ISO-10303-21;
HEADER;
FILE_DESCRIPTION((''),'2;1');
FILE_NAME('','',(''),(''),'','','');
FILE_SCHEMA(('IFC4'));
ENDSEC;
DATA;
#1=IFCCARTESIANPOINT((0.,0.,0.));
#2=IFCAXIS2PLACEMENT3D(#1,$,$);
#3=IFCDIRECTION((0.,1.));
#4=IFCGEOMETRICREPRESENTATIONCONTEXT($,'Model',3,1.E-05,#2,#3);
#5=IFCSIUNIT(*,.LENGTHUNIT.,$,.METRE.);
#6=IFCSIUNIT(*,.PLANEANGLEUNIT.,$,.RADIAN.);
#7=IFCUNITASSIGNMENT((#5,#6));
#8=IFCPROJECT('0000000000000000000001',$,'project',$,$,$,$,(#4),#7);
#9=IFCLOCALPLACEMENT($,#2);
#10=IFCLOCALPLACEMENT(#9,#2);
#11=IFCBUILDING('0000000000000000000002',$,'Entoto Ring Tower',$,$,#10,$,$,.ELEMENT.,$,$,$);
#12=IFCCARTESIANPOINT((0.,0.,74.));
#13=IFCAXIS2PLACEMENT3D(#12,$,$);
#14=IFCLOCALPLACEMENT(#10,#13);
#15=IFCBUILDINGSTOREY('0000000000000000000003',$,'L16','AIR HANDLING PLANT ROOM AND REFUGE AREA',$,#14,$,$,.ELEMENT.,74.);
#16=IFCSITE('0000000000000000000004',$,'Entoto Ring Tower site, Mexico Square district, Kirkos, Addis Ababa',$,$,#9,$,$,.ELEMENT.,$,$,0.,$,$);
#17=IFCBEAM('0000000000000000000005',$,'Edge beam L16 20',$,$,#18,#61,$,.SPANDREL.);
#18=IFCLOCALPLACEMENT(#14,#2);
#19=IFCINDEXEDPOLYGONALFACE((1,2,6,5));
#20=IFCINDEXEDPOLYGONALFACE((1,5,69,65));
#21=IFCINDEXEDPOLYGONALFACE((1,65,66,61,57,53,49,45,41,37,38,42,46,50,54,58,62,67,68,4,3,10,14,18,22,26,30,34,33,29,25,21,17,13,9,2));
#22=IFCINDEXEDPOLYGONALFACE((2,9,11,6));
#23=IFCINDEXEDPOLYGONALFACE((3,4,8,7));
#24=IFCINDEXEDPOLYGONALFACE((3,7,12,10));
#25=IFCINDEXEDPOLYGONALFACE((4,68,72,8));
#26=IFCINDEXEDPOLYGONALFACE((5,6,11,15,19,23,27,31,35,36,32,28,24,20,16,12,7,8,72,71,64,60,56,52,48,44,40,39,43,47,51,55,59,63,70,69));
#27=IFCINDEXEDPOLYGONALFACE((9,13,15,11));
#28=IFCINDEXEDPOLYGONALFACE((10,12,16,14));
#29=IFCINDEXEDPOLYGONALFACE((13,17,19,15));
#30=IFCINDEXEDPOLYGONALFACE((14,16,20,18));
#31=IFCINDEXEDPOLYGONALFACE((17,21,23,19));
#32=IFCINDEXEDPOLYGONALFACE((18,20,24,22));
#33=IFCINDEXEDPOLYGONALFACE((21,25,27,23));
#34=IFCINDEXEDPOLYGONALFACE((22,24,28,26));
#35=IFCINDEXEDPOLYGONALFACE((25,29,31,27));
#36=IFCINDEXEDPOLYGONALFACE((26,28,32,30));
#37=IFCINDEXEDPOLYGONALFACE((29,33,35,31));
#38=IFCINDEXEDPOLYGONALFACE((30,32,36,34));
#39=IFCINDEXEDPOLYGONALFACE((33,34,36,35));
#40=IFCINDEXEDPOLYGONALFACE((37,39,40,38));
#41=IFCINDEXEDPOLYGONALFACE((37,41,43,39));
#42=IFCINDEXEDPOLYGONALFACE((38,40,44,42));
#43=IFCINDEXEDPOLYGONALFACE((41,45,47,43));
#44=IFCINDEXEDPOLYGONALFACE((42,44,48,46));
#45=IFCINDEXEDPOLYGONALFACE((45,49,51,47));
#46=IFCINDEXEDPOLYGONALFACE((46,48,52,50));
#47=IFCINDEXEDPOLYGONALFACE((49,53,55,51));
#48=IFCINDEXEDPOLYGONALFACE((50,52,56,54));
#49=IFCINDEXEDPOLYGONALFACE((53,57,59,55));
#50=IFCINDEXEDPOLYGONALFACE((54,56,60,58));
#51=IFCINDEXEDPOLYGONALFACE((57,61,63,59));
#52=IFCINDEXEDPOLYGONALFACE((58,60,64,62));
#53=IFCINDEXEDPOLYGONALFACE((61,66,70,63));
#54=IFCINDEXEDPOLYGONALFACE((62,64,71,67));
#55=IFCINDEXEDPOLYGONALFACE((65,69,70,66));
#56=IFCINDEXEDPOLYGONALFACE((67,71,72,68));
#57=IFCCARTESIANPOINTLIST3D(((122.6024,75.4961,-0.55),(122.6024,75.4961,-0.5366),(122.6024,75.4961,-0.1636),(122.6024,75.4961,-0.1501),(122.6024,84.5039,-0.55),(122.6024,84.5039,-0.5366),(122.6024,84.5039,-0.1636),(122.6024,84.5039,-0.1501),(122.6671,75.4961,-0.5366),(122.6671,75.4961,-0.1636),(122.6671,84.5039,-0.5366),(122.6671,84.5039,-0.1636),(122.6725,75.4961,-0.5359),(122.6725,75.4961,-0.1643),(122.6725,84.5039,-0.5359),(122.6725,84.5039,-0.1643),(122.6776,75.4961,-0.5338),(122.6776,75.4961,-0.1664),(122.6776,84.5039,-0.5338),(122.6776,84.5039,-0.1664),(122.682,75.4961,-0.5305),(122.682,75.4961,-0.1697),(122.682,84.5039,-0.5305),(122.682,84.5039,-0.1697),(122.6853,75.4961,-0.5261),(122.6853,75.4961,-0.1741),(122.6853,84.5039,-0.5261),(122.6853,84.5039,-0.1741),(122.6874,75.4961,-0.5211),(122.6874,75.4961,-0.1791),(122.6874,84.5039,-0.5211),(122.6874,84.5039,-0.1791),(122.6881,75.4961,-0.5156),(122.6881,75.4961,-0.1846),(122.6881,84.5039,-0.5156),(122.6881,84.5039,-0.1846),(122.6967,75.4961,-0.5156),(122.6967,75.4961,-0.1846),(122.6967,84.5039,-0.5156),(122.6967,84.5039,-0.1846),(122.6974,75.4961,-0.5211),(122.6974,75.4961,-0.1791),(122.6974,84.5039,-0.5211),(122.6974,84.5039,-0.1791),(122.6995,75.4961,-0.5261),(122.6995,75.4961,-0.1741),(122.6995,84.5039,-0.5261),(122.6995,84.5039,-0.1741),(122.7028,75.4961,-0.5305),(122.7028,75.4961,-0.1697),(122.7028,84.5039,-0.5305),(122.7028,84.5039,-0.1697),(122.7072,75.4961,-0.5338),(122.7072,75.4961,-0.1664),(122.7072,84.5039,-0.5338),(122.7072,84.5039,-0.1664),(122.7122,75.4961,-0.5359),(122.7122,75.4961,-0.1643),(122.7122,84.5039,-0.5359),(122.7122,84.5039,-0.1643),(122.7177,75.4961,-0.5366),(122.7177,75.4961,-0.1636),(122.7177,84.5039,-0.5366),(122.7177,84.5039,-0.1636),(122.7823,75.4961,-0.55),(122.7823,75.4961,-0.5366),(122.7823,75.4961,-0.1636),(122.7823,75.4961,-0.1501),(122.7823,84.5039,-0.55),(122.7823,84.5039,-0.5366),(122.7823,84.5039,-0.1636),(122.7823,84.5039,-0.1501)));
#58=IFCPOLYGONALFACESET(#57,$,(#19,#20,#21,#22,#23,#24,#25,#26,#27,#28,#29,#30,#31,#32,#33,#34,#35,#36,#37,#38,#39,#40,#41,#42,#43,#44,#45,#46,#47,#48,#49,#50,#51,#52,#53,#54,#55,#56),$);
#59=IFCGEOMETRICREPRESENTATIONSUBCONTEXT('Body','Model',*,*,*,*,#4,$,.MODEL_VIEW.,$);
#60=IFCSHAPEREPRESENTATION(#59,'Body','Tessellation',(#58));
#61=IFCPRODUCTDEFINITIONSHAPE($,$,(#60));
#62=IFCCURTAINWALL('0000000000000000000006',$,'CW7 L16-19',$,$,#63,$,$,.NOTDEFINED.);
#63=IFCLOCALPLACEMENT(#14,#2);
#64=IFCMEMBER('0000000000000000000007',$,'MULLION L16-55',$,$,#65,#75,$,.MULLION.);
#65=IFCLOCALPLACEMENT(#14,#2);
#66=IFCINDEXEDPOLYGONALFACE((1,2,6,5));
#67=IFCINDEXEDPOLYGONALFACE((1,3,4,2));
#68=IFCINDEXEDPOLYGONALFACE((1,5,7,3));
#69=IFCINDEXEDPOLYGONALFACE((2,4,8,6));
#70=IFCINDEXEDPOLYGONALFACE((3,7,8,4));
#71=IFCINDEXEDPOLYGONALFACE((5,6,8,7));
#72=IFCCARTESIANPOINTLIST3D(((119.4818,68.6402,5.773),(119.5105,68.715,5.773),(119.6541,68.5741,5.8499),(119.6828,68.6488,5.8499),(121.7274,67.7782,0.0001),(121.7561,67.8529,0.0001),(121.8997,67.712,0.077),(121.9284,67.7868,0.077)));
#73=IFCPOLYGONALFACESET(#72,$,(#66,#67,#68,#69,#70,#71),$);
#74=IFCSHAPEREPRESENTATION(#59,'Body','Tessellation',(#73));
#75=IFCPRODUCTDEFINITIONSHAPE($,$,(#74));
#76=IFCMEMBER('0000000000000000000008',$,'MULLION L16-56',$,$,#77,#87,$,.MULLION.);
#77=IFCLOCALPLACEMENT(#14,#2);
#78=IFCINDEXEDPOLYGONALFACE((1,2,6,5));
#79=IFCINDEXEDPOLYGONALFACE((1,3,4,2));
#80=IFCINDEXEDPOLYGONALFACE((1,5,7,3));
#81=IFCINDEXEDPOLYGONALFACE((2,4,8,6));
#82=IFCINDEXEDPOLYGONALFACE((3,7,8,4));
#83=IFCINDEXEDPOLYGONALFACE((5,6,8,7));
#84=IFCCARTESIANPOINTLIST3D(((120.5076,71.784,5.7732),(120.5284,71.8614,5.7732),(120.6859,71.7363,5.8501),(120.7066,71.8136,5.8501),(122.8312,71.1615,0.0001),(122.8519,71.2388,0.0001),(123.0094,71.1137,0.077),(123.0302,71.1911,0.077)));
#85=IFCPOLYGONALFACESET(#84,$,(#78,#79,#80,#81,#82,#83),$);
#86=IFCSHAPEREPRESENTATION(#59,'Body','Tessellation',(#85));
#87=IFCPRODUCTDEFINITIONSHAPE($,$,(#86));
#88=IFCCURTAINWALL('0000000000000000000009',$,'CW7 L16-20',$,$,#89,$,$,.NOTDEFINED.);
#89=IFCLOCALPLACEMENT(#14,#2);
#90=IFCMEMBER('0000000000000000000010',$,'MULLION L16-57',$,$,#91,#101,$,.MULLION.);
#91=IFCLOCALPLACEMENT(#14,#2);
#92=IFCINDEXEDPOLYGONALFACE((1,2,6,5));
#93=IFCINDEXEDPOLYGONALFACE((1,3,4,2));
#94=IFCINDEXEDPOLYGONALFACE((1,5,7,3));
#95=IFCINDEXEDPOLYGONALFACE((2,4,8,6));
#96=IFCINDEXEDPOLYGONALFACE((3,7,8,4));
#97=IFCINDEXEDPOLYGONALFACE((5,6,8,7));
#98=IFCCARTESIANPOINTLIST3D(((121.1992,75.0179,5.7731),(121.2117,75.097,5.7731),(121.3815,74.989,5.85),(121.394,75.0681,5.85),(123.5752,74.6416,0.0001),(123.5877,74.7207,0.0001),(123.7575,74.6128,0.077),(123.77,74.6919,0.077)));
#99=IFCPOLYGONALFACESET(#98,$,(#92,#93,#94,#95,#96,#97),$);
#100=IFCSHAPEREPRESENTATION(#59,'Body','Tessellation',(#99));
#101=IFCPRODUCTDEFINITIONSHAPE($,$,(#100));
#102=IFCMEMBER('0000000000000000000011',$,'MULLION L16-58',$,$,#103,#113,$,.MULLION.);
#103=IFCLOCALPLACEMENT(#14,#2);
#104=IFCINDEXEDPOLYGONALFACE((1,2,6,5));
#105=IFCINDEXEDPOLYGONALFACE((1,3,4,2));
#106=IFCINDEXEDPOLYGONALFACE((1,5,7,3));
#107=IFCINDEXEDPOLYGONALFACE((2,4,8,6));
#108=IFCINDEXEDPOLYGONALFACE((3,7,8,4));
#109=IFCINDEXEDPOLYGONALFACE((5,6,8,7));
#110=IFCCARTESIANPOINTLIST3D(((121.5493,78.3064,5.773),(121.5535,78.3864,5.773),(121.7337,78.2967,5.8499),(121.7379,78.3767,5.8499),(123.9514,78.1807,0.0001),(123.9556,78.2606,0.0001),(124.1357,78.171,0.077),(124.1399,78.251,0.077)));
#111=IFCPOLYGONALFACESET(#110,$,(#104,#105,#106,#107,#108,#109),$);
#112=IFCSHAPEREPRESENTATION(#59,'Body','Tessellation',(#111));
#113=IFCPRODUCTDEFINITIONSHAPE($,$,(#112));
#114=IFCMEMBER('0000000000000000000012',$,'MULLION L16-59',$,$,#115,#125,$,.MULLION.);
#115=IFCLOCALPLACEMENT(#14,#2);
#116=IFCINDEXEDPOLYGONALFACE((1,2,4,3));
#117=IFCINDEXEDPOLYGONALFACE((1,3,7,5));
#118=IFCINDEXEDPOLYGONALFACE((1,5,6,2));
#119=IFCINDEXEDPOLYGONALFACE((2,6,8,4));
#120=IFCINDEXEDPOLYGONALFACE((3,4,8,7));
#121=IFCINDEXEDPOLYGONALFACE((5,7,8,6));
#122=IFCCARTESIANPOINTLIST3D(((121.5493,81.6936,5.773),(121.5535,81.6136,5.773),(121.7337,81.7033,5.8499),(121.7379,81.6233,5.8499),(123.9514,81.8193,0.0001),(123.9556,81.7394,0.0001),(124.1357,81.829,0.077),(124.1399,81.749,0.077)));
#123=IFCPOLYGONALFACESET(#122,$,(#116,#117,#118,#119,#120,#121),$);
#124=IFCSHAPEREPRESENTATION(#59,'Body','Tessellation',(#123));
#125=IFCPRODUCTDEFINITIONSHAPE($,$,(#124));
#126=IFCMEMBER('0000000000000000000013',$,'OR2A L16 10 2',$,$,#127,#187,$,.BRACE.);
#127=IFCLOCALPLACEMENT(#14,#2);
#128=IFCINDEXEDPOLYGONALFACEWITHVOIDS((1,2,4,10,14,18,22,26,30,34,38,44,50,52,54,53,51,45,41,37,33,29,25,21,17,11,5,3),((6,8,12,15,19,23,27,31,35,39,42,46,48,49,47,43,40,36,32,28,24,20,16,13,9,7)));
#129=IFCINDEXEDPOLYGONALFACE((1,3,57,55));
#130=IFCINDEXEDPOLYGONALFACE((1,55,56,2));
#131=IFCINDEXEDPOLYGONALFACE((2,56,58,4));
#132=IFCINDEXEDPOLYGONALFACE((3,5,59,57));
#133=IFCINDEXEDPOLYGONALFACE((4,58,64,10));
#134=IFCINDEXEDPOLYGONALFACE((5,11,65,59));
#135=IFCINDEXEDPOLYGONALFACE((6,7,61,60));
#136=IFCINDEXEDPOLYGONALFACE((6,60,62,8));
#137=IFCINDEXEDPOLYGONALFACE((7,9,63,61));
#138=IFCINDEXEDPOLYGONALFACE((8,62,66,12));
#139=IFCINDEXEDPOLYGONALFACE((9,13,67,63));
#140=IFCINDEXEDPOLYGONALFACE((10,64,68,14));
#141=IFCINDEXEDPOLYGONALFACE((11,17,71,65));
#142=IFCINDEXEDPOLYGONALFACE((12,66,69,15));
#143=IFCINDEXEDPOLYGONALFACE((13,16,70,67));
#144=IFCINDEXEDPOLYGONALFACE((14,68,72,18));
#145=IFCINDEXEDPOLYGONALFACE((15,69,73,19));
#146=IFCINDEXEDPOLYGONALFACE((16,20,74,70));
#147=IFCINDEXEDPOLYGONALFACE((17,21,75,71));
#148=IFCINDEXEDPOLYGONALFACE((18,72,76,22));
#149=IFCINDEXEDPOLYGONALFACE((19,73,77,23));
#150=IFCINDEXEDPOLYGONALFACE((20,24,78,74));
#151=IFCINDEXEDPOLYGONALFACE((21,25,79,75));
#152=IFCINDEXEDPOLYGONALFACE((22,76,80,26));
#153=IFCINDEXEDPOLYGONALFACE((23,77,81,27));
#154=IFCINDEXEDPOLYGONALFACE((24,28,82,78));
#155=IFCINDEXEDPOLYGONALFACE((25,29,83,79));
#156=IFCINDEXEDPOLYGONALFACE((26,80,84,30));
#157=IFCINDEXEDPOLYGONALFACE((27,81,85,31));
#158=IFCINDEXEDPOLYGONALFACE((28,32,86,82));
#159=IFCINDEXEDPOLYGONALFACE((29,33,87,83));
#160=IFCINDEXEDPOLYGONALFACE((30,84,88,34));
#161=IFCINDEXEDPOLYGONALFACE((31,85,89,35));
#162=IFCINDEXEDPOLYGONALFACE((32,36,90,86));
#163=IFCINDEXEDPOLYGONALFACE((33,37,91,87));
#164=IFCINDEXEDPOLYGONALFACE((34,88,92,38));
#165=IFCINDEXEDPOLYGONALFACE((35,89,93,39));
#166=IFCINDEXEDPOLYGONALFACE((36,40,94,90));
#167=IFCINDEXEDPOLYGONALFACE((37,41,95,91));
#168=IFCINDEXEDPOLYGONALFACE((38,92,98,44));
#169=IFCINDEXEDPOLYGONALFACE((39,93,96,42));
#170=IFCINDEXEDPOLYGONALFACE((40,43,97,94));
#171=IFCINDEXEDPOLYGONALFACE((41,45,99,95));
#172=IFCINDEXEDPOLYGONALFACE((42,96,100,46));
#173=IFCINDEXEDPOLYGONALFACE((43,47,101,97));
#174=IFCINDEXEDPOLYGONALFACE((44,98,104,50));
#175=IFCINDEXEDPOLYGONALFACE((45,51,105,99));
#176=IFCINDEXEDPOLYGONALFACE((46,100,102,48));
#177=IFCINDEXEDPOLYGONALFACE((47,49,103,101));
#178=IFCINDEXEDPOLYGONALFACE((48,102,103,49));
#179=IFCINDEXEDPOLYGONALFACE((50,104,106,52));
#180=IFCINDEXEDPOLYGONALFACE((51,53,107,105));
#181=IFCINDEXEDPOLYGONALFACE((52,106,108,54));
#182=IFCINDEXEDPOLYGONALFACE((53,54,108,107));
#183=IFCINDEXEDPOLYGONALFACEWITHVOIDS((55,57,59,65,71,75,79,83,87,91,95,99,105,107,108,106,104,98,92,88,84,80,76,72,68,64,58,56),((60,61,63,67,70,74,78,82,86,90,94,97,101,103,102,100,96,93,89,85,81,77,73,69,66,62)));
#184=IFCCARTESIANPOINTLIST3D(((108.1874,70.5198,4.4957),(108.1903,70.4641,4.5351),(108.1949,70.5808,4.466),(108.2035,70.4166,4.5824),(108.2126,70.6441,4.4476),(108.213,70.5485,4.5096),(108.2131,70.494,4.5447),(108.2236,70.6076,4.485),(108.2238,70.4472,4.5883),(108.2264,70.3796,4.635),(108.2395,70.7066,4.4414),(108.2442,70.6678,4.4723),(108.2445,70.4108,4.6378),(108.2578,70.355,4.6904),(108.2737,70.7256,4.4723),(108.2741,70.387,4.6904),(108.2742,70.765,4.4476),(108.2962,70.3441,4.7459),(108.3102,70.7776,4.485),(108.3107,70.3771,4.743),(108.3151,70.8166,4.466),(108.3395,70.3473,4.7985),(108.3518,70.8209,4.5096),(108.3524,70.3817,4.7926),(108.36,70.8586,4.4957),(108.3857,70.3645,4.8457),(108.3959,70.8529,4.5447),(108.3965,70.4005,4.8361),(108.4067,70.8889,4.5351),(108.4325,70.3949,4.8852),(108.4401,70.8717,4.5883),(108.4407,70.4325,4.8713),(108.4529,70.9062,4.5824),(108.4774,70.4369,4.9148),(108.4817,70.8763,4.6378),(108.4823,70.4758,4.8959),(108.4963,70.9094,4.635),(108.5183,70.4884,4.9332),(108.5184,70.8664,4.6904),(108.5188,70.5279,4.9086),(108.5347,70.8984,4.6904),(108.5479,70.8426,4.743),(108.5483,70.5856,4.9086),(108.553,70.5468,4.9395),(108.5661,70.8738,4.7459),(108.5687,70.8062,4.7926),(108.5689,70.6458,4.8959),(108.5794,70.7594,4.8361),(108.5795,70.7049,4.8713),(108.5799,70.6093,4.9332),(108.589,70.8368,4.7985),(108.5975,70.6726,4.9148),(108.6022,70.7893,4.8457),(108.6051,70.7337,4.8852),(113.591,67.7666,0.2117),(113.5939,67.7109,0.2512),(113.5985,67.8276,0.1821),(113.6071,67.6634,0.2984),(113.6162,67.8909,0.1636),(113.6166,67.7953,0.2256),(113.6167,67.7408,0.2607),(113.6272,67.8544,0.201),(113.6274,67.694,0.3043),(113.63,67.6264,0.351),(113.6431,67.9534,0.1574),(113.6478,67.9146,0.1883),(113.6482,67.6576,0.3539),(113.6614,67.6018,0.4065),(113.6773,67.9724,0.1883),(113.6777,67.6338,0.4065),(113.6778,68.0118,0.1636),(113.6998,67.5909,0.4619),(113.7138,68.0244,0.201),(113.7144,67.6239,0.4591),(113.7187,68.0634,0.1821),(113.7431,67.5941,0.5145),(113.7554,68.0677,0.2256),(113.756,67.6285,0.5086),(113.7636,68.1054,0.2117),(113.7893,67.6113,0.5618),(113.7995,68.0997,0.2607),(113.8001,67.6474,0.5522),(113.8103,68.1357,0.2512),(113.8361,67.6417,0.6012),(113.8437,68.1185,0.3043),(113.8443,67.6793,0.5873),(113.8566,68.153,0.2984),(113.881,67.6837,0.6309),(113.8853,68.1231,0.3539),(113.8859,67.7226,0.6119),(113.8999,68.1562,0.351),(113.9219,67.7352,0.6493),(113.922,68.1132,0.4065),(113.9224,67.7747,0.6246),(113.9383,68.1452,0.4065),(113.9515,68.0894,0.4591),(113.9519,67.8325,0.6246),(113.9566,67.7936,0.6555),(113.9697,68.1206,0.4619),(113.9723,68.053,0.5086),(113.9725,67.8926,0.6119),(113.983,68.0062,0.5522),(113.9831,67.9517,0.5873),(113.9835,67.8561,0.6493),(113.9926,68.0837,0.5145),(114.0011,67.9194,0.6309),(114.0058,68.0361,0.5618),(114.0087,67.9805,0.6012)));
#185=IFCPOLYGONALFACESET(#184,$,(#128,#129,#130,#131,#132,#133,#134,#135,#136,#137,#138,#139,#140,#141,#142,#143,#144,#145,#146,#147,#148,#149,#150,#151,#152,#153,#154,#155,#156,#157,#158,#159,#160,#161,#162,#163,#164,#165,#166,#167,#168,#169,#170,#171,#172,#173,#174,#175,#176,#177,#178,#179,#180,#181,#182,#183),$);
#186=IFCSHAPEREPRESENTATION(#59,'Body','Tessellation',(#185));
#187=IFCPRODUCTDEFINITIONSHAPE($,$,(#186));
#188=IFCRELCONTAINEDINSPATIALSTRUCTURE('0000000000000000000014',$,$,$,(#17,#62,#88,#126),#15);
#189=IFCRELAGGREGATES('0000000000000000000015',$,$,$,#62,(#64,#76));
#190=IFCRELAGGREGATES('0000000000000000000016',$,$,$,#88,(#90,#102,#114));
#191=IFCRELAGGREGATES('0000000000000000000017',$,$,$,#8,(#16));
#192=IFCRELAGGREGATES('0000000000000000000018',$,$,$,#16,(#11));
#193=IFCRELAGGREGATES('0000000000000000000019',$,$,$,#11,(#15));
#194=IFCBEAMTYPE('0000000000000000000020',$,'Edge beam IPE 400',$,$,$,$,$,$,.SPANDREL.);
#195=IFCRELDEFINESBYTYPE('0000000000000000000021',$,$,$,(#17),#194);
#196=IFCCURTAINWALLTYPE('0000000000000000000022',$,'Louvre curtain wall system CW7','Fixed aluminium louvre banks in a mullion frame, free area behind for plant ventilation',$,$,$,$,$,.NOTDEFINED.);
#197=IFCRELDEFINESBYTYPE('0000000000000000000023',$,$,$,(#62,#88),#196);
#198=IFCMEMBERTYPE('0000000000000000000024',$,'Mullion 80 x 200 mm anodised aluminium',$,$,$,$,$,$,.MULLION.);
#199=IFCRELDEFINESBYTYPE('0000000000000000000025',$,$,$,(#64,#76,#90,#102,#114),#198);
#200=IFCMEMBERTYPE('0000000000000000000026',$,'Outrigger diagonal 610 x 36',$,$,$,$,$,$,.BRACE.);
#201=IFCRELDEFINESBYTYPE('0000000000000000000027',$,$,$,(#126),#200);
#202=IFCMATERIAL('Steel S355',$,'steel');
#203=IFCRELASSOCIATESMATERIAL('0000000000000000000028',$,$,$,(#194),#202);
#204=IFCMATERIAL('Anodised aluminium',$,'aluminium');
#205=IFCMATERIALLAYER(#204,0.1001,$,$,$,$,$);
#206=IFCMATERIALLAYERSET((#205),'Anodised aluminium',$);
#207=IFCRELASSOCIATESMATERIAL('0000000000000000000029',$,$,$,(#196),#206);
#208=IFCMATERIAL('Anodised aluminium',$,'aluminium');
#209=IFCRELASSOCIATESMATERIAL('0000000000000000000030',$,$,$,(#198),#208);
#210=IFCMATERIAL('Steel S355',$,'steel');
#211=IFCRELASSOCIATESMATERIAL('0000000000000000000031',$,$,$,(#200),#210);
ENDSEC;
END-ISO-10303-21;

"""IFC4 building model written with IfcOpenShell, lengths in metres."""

from ifc_helpers import new_model, si_unit, direction, frame, origin, origin_2d, place, context, subcontext, project, spatial, rectangle, circle, hollow_circle, i_section, extrude, material, layer, layer_set, material_profile, profile_set, type_object, element, aggregate, save


model = new_model("IFC4")

# Units and contexts
model_context = context("Model", 3, precision=1e-05, world=origin(), true_north=direction((0.0, 1.0)))
body_context = subcontext(model_context, "Body", "Model", "MODEL_VIEW")
ifc_project = project(units=[si_unit("LENGTHUNIT", "METRE"), si_unit("PLANEANGLEUNIT", "RADIAN")], contexts=[model_context])

# Site, building, storey
site_placement = place(None, origin())
site = spatial("IfcSite", under=ifc_project, at=site_placement, Name="Entoto Ring Tower site, Mexico Square district, Kirkos, Addis Ababa", CompositionType="ELEMENT", RefElevation=0.0)
building_placement = place(site_placement, origin())
building = spatial("IfcBuilding", under=site, at=building_placement, Name="Entoto Ring Tower", CompositionType="ELEMENT")
storey_placement = place(building_placement, frame((0.0, 0.0, 74.0)))
storey = spatial("IfcBuildingStorey", under=building, at=storey_placement, Name="L16", Description="AIR HANDLING PLANT ROOM AND REFUGE AREA", CompositionType="ELEMENT", Elevation=74.0)

# Beam
ifc_material_1 = material(Name="Steel S355", Category="steel")
ifc_material_profile_1 = material_profile(ifc_material_1, i_section(OverallWidth=0.1799, OverallDepth=0.3999, WebThickness=0.0085, FlangeThickness=0.0134, FilletRadius=0.021, at=origin_2d()), Name="IPE 400")
ifc_profile_set_1 = profile_set([ifc_material_profile_1], Name="Steel S355")
beam_type_1 = type_object("IfcBeamType", Name="Edge beam IPE 400", PredefinedType="SPANDREL", material=ifc_profile_set_1)
beam_1_placement = place(storey_placement, frame((122.6924, 75.4961, -0.3501), z_axis=(0.0, 1.0, 0.0), x_axis=(-1.0, 0.0, 0.0)))
element("IfcBeam", 1, at=beam_1_placement, inside=storey, type_object=beam_type_1, Name="Edge beam L16 20", PredefinedType="SPANDREL", context=body_context, shape_type="SweptSolid", body=[
    extrude(i_section(OverallWidth=0.1799, OverallDepth=0.3999, WebThickness=0.0085, FlangeThickness=0.0134, FilletRadius=0.021, at=origin_2d()), origin(), (0.0, 0.0, 1.0), 9.0078),
])

# Curtain walls, members
ifc_material_2 = material(Name="Anodised aluminium", Category="aluminium")
ifc_layer_1 = layer(ifc_material_2, 0.1001)
ifc_layer_set_1 = layer_set([ifc_layer_1], Name="Anodised aluminium")
curtain_wall_type = type_object("IfcCurtainWallType", Name="Louvre curtain wall system CW7", Description="Fixed aluminium louvre banks in a mullion frame, free area behind for plant ventilation", PredefinedType="NOTDEFINED", material=ifc_layer_set_1)
curtain_wall_1_placement = place(storey_placement, origin())
curtain_wall_1 = element("IfcCurtainWall", 2, at=curtain_wall_1_placement, inside=storey, type_object=curtain_wall_type, Name="CW7 L16-19", PredefinedType="NOTDEFINED")
ifc_material_3 = material(Name="Anodised aluminium", Category="aluminium")
ifc_material_profile_2 = material_profile(ifc_material_3, rectangle(XDim=0.0801, YDim=0.2, at=origin_2d()), Name="Mullion 80 x 200 mm anodised aluminium")
ifc_profile_set_2 = profile_set([ifc_material_profile_2], Name="Anodised aluminium")
member_type_1 = type_object("IfcMemberType", Name="Mullion 80 x 200 mm anodised aluminium", PredefinedType="MULLION", material=ifc_profile_set_2)
member_1_placement = place(storey_placement, frame((121.8279, 67.7825, 0.0386), z_axis=(-0.359066, 0.137841, 0.923077), x_axis=(-0.358387, -0.933573, 0.0)))
member_1 = element("IfcMember", 3, at=member_1_placement, type_object=member_type_1, Name="MULLION L16-55", PredefinedType="MULLION", context=body_context, shape_type="SweptSolid", body=[
    extrude(rectangle(XDim=0.0801, YDim=0.2, at=origin_2d()), origin(), (0.0, 0.0, 1.0), 6.2539),
])
member_2_placement = place(storey_placement, frame((122.9307, 71.1763, 0.0386), z_axis=(-0.371517, 0.099545, 0.923074), x_axis=(-0.258812, -0.965928, 0.0)))
member_2 = element("IfcMember", 4, at=member_2_placement, type_object=member_type_1, Name="MULLION L16-56", PredefinedType="MULLION", context=body_context, shape_type="SweptSolid", body=[
    extrude(rectangle(XDim=0.0801, YDim=0.2, at=origin_2d()), origin(), (0.0, 0.0, 1.0), 6.2542),
])
aggregate(curtain_wall_1, [member_1, member_2])
curtain_wall_2_placement = place(storey_placement, origin())
curtain_wall_2 = element("IfcCurtainWall", 5, at=curtain_wall_2_placement, inside=storey, type_object=curtain_wall_type, Name="CW7 L16-20", PredefinedType="NOTDEFINED")
member_3_placement = place(storey_placement, frame((123.6726, 74.6667, 0.0386), z_axis=(-0.379907, 0.060156, 0.923067), x_axis=(-0.156395, -0.987695, 0.0)))
member_3 = element("IfcMember", 6, at=member_3_placement, type_object=member_type_1, Name="MULLION L16-57", PredefinedType="MULLION", context=body_context, shape_type="SweptSolid", body=[
    extrude(rectangle(XDim=0.0801, YDim=0.2, at=origin_2d()), origin(), (0.0, 0.0, 1.0), 6.2542),
])
member_4_placement = place(storey_placement, frame((124.0457, 78.2158, 0.0386), z_axis=(-0.384089, 0.020104, 0.923077), x_axis=(-0.052271, -0.998633, 0.0)))
member_4 = element("IfcMember", 7, at=member_4_placement, type_object=member_type_1, Name="MULLION L16-58", PredefinedType="MULLION", context=body_context, shape_type="SweptSolid", body=[
    extrude(rectangle(XDim=0.0801, YDim=0.2, at=origin_2d()), origin(), (0.0, 0.0, 1.0), 6.2539),
])
member_5_placement = place(storey_placement, frame((124.0457, 81.7842, 0.0386), z_axis=(-0.384089, -0.020104, 0.923077), x_axis=(0.052271, -0.998633, 0.0)))
member_5 = element("IfcMember", 8, at=member_5_placement, type_object=member_type_1, Name="MULLION L16-59", PredefinedType="MULLION", context=body_context, shape_type="SweptSolid", body=[
    extrude(rectangle(XDim=0.0801, YDim=0.2, at=origin_2d()), origin(), (0.0, 0.0, 1.0), 6.2539),
])
aggregate(curtain_wall_2, [member_3, member_4, member_5])

# Member
ifc_material_4 = material(Name="Steel S355", Category="steel")
ifc_material_profile_3 = material_profile(ifc_material_4, hollow_circle(Radius=0.3049, WallThickness=0.0359, at=origin_2d()), Name="CHS 610 x 36")
ifc_material_5 = material(Name="Concrete C60/75", Category="concrete")
ifc_material_profile_4 = material_profile(ifc_material_5, circle(Radius=0.269, at=origin_2d()), Name="Concrete C60/75 infill")
ifc_profile_set_3 = profile_set([ifc_material_profile_3, ifc_material_profile_4], Name="Steel S355")
member_type_2 = type_object("IfcMemberType", Name="Outrigger diagonal 610 x 36", PredefinedType="BRACE", material=ifc_profile_set_3)
member_6_placement = place(storey_placement, frame((108.3962, 70.6267, 4.6904), z_axis=(0.727753, -0.370798, -0.576961), x_axis=(0.45398, 0.891012, 0.0)))
element("IfcMember", 9, at=member_6_placement, inside=storey, type_object=member_type_2, Name="OR2A L16 10 2", PredefinedType="BRACE", context=body_context, shape_type="SweptSolid", body=[
    extrude(hollow_circle(Radius=0.3049, WallThickness=0.0359, at=origin_2d()), origin(), (0.0, 0.0, 1.0), 7.425),
])

save(model, "model.ifc")
